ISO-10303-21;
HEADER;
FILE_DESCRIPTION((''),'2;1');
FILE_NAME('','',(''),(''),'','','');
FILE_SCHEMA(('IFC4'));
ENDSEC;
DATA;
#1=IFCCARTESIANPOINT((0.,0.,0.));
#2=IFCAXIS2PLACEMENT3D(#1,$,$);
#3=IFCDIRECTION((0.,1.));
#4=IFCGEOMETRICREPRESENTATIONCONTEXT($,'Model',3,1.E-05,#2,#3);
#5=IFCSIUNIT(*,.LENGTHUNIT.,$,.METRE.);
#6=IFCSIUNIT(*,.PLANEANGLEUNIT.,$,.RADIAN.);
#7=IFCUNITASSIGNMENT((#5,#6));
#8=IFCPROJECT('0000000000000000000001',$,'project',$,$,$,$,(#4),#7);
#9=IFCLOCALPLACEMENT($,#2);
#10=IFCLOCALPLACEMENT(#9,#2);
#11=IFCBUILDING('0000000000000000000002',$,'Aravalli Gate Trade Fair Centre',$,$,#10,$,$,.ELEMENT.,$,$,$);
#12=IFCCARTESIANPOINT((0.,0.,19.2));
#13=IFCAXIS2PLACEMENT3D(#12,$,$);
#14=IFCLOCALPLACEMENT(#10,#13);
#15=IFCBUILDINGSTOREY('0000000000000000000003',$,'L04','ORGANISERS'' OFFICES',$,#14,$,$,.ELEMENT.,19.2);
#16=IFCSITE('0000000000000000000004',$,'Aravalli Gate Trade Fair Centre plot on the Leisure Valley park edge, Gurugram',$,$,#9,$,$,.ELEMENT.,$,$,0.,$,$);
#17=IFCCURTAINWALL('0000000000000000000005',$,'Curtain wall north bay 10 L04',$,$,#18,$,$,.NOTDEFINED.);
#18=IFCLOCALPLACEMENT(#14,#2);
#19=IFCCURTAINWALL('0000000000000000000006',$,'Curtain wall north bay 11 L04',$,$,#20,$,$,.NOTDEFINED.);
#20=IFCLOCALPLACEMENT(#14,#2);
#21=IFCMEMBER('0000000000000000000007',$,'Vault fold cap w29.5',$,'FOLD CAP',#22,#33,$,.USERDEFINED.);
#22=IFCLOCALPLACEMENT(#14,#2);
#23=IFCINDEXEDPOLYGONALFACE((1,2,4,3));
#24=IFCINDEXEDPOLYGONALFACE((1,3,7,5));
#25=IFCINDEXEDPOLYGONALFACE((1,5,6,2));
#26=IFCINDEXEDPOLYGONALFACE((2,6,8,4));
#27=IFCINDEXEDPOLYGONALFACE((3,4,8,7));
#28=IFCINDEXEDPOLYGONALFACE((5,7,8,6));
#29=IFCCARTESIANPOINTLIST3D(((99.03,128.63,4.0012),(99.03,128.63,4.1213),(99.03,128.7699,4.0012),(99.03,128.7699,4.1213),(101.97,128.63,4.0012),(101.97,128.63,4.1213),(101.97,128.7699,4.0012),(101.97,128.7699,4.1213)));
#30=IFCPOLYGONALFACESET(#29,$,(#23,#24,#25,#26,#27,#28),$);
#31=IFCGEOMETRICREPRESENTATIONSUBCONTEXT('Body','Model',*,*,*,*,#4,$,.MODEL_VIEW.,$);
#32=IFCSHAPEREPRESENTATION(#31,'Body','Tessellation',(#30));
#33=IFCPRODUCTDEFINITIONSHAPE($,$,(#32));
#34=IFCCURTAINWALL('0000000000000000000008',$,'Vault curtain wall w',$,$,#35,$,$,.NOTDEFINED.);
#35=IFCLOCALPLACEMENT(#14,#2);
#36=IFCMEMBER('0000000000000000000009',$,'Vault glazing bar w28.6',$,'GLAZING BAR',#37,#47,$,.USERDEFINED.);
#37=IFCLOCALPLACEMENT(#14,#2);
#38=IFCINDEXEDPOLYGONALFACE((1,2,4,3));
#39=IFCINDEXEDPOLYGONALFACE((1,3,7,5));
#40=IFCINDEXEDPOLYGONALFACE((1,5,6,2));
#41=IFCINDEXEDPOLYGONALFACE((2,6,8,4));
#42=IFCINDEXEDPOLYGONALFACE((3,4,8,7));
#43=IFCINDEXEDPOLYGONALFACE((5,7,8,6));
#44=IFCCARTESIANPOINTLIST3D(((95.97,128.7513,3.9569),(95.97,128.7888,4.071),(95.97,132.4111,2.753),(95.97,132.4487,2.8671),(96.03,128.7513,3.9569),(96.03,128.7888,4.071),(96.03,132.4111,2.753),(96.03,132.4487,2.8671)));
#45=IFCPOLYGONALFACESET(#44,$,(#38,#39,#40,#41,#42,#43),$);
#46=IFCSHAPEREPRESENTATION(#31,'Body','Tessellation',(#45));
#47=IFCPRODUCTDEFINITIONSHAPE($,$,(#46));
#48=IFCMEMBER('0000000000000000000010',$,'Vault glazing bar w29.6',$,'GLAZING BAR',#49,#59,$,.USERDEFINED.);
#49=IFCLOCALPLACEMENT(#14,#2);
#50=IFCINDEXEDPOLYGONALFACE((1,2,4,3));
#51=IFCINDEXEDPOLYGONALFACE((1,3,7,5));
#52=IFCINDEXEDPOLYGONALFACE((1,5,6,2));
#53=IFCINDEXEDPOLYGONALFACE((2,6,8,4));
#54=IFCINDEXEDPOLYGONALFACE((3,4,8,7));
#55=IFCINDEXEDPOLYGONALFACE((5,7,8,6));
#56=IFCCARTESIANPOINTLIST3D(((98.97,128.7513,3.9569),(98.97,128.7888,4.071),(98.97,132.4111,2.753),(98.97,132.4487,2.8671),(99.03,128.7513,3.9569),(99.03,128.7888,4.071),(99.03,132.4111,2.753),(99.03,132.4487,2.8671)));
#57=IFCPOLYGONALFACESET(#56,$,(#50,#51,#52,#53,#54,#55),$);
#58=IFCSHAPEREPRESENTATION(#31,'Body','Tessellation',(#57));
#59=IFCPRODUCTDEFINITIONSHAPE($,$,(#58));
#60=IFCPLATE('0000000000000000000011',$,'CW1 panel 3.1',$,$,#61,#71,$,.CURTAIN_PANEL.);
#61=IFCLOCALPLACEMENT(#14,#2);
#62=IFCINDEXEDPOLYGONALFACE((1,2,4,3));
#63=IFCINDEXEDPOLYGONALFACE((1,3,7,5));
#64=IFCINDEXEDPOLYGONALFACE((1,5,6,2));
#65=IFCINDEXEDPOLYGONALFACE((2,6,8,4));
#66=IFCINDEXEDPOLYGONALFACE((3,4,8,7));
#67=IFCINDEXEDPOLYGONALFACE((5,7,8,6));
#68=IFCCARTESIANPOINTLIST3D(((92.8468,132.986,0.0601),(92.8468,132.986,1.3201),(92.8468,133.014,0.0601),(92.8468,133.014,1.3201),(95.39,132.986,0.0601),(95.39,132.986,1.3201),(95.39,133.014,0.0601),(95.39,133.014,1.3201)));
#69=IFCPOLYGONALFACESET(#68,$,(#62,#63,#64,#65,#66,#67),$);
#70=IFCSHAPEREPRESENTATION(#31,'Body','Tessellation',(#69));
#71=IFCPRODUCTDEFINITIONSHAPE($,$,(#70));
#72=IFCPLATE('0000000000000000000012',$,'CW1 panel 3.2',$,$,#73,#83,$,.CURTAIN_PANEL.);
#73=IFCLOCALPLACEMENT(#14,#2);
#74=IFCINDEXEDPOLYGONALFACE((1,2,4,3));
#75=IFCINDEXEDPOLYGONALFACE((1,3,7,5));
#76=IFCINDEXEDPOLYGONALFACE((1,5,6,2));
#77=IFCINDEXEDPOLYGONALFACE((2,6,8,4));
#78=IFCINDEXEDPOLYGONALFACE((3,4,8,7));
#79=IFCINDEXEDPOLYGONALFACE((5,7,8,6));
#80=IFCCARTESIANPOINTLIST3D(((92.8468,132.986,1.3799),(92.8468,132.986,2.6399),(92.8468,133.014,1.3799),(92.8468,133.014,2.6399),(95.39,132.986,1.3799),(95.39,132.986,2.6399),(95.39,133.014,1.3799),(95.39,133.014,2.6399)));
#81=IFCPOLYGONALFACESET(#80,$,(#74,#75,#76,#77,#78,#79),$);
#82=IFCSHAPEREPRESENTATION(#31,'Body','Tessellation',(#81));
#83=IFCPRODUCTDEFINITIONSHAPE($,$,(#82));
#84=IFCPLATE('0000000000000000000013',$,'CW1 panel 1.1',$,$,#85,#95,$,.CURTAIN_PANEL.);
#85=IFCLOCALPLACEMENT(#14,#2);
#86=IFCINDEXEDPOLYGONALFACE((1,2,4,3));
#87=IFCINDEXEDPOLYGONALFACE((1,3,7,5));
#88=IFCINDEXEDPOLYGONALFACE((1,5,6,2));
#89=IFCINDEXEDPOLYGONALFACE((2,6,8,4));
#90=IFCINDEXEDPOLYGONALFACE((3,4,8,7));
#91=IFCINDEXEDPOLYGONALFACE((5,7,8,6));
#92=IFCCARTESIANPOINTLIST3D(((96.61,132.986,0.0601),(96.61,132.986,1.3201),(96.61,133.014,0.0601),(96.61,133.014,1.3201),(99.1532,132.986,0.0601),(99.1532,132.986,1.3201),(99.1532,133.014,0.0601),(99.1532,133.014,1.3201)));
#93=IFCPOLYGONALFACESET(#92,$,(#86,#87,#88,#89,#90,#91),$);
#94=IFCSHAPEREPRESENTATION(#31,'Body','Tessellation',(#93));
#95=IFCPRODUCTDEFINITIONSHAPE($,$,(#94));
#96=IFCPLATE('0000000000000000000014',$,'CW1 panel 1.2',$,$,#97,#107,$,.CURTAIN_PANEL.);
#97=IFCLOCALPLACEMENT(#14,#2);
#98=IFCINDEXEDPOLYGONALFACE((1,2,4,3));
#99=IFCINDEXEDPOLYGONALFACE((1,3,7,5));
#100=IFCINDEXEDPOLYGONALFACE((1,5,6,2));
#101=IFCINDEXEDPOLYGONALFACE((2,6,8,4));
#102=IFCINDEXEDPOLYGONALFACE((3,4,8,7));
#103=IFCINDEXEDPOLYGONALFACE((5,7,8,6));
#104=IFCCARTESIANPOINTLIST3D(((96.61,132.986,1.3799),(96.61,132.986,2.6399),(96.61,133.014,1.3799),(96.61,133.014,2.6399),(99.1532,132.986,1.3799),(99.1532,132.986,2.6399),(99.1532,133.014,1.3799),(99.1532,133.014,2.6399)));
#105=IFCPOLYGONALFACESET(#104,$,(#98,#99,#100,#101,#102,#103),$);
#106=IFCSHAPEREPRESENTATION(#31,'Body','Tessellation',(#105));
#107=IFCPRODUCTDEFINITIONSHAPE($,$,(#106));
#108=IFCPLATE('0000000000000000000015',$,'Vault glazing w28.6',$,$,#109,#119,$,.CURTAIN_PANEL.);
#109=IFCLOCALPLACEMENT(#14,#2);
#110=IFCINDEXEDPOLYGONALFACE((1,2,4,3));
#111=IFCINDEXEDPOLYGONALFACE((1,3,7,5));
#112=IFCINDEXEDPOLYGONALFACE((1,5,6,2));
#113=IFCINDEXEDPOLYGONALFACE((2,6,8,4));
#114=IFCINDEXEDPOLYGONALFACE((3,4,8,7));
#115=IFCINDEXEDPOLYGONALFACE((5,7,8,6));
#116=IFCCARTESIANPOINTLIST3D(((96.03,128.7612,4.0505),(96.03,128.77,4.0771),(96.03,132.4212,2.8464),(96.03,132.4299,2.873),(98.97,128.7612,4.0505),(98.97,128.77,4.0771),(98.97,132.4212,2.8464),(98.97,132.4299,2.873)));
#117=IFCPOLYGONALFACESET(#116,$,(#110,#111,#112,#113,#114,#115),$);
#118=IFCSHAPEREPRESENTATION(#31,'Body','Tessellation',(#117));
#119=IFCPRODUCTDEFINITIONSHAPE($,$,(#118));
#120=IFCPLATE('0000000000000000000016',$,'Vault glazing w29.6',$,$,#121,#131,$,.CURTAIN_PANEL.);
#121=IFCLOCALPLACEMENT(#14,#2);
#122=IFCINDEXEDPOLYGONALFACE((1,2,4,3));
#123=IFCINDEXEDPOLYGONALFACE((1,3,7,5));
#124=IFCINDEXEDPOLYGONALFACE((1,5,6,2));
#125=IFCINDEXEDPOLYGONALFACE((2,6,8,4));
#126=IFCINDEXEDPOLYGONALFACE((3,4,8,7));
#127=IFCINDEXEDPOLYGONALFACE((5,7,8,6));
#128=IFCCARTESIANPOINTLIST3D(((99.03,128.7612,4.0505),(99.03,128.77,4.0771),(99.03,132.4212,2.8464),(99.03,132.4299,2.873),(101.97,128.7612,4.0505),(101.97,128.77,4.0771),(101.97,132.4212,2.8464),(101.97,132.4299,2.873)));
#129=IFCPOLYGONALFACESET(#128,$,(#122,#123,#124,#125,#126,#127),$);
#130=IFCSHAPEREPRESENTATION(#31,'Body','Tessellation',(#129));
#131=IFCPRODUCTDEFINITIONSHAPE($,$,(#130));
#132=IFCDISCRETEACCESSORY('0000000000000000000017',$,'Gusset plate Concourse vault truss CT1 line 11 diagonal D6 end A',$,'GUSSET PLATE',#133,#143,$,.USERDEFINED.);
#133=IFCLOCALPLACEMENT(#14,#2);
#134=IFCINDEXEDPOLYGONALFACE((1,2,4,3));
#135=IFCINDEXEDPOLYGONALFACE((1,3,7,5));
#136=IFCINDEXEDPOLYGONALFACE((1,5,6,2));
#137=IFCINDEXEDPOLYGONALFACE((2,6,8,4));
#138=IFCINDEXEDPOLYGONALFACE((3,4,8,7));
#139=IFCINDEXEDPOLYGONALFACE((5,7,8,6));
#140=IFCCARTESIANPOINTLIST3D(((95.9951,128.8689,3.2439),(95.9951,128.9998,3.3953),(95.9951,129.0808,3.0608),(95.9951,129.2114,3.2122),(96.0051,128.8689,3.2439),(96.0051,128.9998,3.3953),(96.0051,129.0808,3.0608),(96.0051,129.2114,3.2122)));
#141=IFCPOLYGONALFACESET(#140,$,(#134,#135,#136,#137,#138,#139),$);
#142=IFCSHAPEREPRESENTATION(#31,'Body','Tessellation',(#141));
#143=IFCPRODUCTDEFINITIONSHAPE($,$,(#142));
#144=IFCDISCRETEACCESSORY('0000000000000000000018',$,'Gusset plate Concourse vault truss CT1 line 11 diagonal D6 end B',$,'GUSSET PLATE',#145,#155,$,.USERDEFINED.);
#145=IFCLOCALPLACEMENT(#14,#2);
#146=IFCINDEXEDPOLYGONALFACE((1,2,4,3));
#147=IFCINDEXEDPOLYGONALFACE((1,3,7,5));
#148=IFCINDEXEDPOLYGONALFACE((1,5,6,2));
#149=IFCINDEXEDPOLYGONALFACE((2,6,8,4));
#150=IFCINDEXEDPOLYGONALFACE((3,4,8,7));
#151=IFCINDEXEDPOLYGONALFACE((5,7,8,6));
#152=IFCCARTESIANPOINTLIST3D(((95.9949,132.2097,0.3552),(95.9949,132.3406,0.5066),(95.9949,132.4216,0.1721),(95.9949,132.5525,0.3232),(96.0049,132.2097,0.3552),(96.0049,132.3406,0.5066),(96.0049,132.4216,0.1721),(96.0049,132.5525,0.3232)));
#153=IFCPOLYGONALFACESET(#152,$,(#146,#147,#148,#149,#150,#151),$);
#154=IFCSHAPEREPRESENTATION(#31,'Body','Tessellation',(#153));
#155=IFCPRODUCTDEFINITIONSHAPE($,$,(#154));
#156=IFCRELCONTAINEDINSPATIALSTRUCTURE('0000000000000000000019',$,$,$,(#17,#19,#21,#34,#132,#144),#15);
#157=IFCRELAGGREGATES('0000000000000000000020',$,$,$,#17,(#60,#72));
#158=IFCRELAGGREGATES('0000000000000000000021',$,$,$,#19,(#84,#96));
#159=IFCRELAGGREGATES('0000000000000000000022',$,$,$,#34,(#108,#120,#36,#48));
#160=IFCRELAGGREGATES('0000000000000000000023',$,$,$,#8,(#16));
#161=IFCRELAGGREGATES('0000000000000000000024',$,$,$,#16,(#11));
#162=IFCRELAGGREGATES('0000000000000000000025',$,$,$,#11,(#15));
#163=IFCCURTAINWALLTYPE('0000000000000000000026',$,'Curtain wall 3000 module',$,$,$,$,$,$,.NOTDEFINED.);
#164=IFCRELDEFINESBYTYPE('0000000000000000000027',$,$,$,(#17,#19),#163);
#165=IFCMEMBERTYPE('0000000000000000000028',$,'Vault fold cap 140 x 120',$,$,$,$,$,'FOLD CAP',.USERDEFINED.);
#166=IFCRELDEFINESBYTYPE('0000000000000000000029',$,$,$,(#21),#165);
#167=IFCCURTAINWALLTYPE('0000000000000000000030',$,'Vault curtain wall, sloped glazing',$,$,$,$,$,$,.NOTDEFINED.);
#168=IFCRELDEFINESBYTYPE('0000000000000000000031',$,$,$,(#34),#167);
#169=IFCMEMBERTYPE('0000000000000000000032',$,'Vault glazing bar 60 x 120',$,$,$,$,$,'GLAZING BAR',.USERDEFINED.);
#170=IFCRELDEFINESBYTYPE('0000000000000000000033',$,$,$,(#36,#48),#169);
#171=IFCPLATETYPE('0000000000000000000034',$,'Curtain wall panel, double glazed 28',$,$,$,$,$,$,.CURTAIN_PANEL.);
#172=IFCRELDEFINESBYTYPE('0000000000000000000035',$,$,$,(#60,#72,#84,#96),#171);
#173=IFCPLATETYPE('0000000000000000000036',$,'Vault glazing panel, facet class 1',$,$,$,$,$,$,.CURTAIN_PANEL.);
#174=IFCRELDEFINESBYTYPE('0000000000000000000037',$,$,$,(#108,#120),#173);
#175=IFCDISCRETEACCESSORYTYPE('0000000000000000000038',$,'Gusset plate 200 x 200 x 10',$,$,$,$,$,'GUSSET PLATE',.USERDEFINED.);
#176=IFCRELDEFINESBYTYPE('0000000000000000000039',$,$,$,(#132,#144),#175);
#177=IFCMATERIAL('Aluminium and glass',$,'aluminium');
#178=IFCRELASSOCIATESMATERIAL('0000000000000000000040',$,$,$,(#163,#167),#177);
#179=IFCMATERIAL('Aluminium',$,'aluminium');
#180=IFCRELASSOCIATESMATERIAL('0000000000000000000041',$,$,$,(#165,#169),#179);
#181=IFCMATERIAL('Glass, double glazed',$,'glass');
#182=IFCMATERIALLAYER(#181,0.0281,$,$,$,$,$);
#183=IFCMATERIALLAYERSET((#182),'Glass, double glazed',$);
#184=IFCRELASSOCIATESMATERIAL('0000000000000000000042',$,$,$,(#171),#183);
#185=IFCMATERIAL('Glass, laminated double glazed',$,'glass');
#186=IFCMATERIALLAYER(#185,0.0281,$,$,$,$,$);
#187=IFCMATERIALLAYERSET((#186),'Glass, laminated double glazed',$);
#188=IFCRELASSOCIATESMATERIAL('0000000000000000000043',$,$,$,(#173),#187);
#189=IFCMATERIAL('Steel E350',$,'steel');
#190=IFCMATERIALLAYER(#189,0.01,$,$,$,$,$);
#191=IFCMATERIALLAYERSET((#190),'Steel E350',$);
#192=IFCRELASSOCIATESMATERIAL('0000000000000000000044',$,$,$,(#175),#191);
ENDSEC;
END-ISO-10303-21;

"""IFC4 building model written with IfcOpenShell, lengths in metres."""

from ifc_helpers import new_model, si_unit, direction, frame, origin, origin_2d, place, context, subcontext, project, spatial, polyline, rectangle, outline, extrude, material, layer, layer_set, material_profile, profile_set, type_object, element, aggregate, save


model = new_model("IFC4")

# Units and contexts
model_context = context("Model", 3, precision=1e-05, world=origin(), true_north=direction((0.0, 1.0)))
body_context = subcontext(model_context, "Body", "Model", "MODEL_VIEW")
ifc_project = project(units=[si_unit("LENGTHUNIT", "METRE"), si_unit("PLANEANGLEUNIT", "RADIAN")], contexts=[model_context])

# Site, building, storey
site_placement = place(None, origin())
site = spatial("IfcSite", under=ifc_project, at=site_placement, Name="Aravalli Gate Trade Fair Centre plot on the Leisure Valley park edge, Gurugram", CompositionType="ELEMENT", RefElevation=0.0)
building_placement = place(site_placement, origin())
building = spatial("IfcBuilding", under=site, at=building_placement, Name="Aravalli Gate Trade Fair Centre", CompositionType="ELEMENT")
storey_placement = place(building_placement, frame((0.0, 0.0, 19.2)))
storey = spatial("IfcBuildingStorey", under=building, at=storey_placement, Name="L04", Description="ORGANISERS' OFFICES", CompositionType="ELEMENT", Elevation=19.2)

# Curtain wall
ifc_material_1 = material(Name="Aluminium and glass", Category="aluminium")
curtain_wall_type_1 = type_object("IfcCurtainWallType", Name="Curtain wall 3000 module", PredefinedType="NOTDEFINED", material=ifc_material_1)
curtain_wall_1_placement = place(storey_placement, origin())
curtain_wall_1 = element("IfcCurtainWall", 1, at=curtain_wall_1_placement, inside=storey, type_object=curtain_wall_type_1, Name="Curtain wall north bay 10 L04", PredefinedType="NOTDEFINED")
ifc_material_2 = material(Name="Aluminium", Category="aluminium")

# Curtain wall
curtain_wall_2_placement = place(storey_placement, origin())
curtain_wall_2 = element("IfcCurtainWall", 2, at=curtain_wall_2_placement, inside=storey, type_object=curtain_wall_type_1, Name="Curtain wall north bay 11 L04", PredefinedType="NOTDEFINED")

# Member
ifc_material_3 = material(Name="Steel E350", Category="steel")
ifc_material_profile_1 = material_profile(ifc_material_2, rectangle(XDim=0.1399, YDim=0.1201, at=origin_2d()), Name="Vault fold cap 140 x 120")
ifc_profile_set_1 = profile_set([ifc_material_profile_1], Name="Aluminium")
member_type_1 = type_object("IfcMemberType", Name="Vault fold cap 140 x 120", ElementType="FOLD CAP", PredefinedType="USERDEFINED", material=ifc_profile_set_1)
for number, where, z_axis, x_axis, name in (
    (3, (99.03, 128.7, 4.0613), (1.0, 0.0, 0.0), (0.0, 1.0, 0.0), "Vault fold cap w29.5"),
):
    element("IfcMember", number, at=place(storey_placement, frame(where, z_axis=z_axis, x_axis=x_axis)), inside=storey, type_object=member_type_1, Name=name, ObjectType="FOLD CAP", PredefinedType="USERDEFINED", context=body_context, shape_type="SweptSolid", body=[
        extrude(rectangle(XDim=0.1399, YDim=0.1201, at=origin_2d()), origin(), (0.0, 0.0, 1.0), 2.9399),
    ])

# Curtain wall, members
curtain_wall_type_2 = type_object("IfcCurtainWallType", Name="Vault curtain wall, sloped glazing", PredefinedType="NOTDEFINED", material=ifc_material_1)
curtain_wall_3_placement = place(storey_placement, origin())
curtain_wall_3 = element("IfcCurtainWall", 4, at=curtain_wall_3_placement, inside=storey, type_object=curtain_wall_type_2, Name="Vault curtain wall w", PredefinedType="NOTDEFINED")
ifc_material_profile_2 = material_profile(ifc_material_2, rectangle(XDim=0.0601, YDim=0.1201, at=origin_2d()), Name="Vault glazing bar 60 x 120")
ifc_profile_set_2 = profile_set([ifc_material_profile_2], Name="Aluminium")
member_type_2 = type_object("IfcMemberType", Name="Vault glazing bar 60 x 120", ElementType="GLAZING BAR", PredefinedType="USERDEFINED", material=ifc_profile_set_2)
member_1_placement = place(storey_placement, frame((96.0, 128.77, 4.0139), z_axis=(0.0, 0.94993, -0.312461), x_axis=(-1.0, 0.0, 0.0)))
member_1 = element("IfcMember", 5, at=member_1_placement, type_object=member_type_2, Name="Vault glazing bar w28.6", ObjectType="GLAZING BAR", PredefinedType="USERDEFINED", context=body_context, shape_type="SweptSolid", body=[
    extrude(rectangle(XDim=0.0601, YDim=0.1201, at=origin_2d()), origin(), (0.0, 0.0, 1.0), 3.8528),
])
member_2_placement = place(storey_placement, frame((99.0, 128.77, 4.0139), z_axis=(0.0, 0.94993, -0.312461), x_axis=(-1.0, 0.0, 0.0)))
member_2 = element("IfcMember", 6, at=member_2_placement, type_object=member_type_2, Name="Vault glazing bar w29.6", ObjectType="GLAZING BAR", PredefinedType="USERDEFINED", context=body_context, shape_type="SweptSolid", body=[
    extrude(rectangle(XDim=0.0601, YDim=0.1201, at=origin_2d()), origin(), (0.0, 0.0, 1.0), 3.8528),
])

# Plates
ifc_material_4 = material(Name="Glass, double glazed", Category="glass")
ifc_layer_1 = layer(ifc_material_4, 0.0281)
ifc_layer_set_1 = layer_set([ifc_layer_1], Name="Glass, double glazed")
plate_type_1 = type_object("IfcPlateType", Name="Curtain wall panel, double glazed 28", PredefinedType="CURTAIN_PANEL", material=ifc_layer_set_1)
plate_1_placement = place(storey_placement, frame((94.1184, 133.0, 0.0601), z_axis=(0.0, 0.0, 1.0), x_axis=(1.0, 0.0, 0.0)))
plate_1 = element("IfcPlate", 7, at=plate_1_placement, type_object=plate_type_1, Name="CW1 panel 3.1", PredefinedType="CURTAIN_PANEL", context=body_context, shape_type="SweptSolid", body=[
    extrude(rectangle(XDim=2.5432, YDim=0.0281, at=origin_2d()), origin(), (0.0, 0.0, 1.0), 1.26),
])
plate_2_placement = place(storey_placement, frame((94.1184, 133.0, 1.3799), z_axis=(0.0, 0.0, 1.0), x_axis=(1.0, 0.0, 0.0)))
plate_2 = element("IfcPlate", 8, at=plate_2_placement, type_object=plate_type_1, Name="CW1 panel 3.2", PredefinedType="CURTAIN_PANEL", context=body_context, shape_type="SweptSolid", body=[
    extrude(rectangle(XDim=2.5432, YDim=0.0281, at=origin_2d()), origin(), (0.0, 0.0, 1.0), 1.26),
])
aggregate(curtain_wall_1, [plate_1, plate_2])
plate_3_placement = place(storey_placement, frame((97.8816, 133.0, 0.0601), z_axis=(0.0, 0.0, 1.0), x_axis=(1.0, 0.0, 0.0)))
plate_3 = element("IfcPlate", 9, at=plate_3_placement, type_object=plate_type_1, Name="CW1 panel 1.1", PredefinedType="CURTAIN_PANEL", context=body_context, shape_type="SweptSolid", body=[
    extrude(rectangle(XDim=2.5432, YDim=0.0281, at=origin_2d()), origin(), (0.0, 0.0, 1.0), 1.26),
])
plate_4_placement = place(storey_placement, frame((97.8816, 133.0, 1.3799), z_axis=(0.0, 0.0, 1.0), x_axis=(1.0, 0.0, 0.0)))
plate_4 = element("IfcPlate", 10, at=plate_4_placement, type_object=plate_type_1, Name="CW1 panel 1.2", PredefinedType="CURTAIN_PANEL", context=body_context, shape_type="SweptSolid", body=[
    extrude(rectangle(XDim=2.5432, YDim=0.0281, at=origin_2d()), origin(), (0.0, 0.0, 1.0), 1.26),
])
aggregate(curtain_wall_2, [plate_3, plate_4])
ifc_material_5 = material(Name="Glass, laminated double glazed", Category="glass")
ifc_layer_2 = layer(ifc_material_5, 0.0281)
ifc_layer_set_2 = layer_set([ifc_layer_2], Name="Glass, laminated double glazed")
plate_type_2 = type_object("IfcPlateType", Name="Vault glazing panel, facet class 1", PredefinedType="CURTAIN_PANEL", material=ifc_layer_set_2)
plate_5_placement = place(storey_placement, frame((96.03, 128.77, 4.0771), z_axis=(0.0, 0.312518, 0.949912), x_axis=(1.0, 0.0, 0.0)))
plate_5 = element("IfcPlate", 11, at=plate_5_placement, type_object=plate_type_2, Name="Vault glazing w28.6", PredefinedType="CURTAIN_PANEL", context=body_context, shape_type="SweptSolid", body=[
    extrude(outline(polyline([(0.0, 0.0), (2.9399, 0.0), (2.9399, 3.8529), (0.0, 3.8529), (0.0, 0.0)])), origin(), (0.0, 0.0, -1.0), 0.0281),
])
plate_6_placement = place(storey_placement, frame((99.03, 128.77, 4.0771), z_axis=(0.0, 0.312518, 0.949912), x_axis=(1.0, 0.0, 0.0)))
plate_6 = element("IfcPlate", 12, at=plate_6_placement, type_object=plate_type_2, Name="Vault glazing w29.6", PredefinedType="CURTAIN_PANEL", context=body_context, shape_type="SweptSolid", body=[
    extrude(outline(polyline([(0.0, 0.0), (2.9399, 0.0), (2.9399, 3.8529), (0.0, 3.8529), (0.0, 0.0)])), origin(), (0.0, 0.0, -1.0), 0.0281),
])
aggregate(curtain_wall_3, [plate_5, plate_6, member_1, member_2])

# Discrete accessories
ifc_layer_3 = layer(ifc_material_3, 0.01)
ifc_layer_set_3 = layer_set([ifc_layer_3], Name="Steel E350")
discrete_accessory_type = type_object("IfcDiscreteAccessoryType", Name="Gusset plate 200 x 200 x 10", ElementType="GUSSET PLATE", PredefinedType="USERDEFINED", material=ifc_layer_set_3)
discrete_accessory_1_placement = place(storey_placement, frame((95.9951, 129.0808, 3.0608), z_axis=(-1.0, 0.0, 0.0), x_axis=(0.0, -0.756666, 0.653801)))
element("IfcDiscreteAccessory", 13, at=discrete_accessory_1_placement, inside=storey, type_object=discrete_accessory_type, Name="Gusset plate Concourse vault truss CT1 line 11 diagonal D6 end A", ObjectType="GUSSET PLATE", PredefinedType="USERDEFINED", context=body_context, shape_type="SweptSolid", body=[
    extrude(outline(polyline([(0.0, 0.0), (0.2801, 0.0), (0.28, 0.2001), (0.0001, 0.1999), (0.0, 0.0)])), origin(), (0.0, 0.0, -1.0), 0.01),
])
discrete_accessory_2_placement = place(storey_placement, frame((96.0049, 132.2097, 0.3552), z_axis=(1.0, 0.0, 0.0), x_axis=(0.0, 0.756666, -0.653801)))
element("IfcDiscreteAccessory", 14, at=discrete_accessory_2_placement, inside=storey, type_object=discrete_accessory_type, Name="Gusset plate Concourse vault truss CT1 line 11 diagonal D6 end B", ObjectType="GUSSET PLATE", PredefinedType="USERDEFINED", context=body_context, shape_type="SweptSolid", body=[
    extrude(outline(polyline([(0.0, 0.0), (0.2801, 0.0), (0.2803, 0.1999), (0.0001, 0.2001), (0.0, 0.0)])), origin(), (0.0, 0.0, -1.0), 0.01),
])

save(model, "model.ifc")
